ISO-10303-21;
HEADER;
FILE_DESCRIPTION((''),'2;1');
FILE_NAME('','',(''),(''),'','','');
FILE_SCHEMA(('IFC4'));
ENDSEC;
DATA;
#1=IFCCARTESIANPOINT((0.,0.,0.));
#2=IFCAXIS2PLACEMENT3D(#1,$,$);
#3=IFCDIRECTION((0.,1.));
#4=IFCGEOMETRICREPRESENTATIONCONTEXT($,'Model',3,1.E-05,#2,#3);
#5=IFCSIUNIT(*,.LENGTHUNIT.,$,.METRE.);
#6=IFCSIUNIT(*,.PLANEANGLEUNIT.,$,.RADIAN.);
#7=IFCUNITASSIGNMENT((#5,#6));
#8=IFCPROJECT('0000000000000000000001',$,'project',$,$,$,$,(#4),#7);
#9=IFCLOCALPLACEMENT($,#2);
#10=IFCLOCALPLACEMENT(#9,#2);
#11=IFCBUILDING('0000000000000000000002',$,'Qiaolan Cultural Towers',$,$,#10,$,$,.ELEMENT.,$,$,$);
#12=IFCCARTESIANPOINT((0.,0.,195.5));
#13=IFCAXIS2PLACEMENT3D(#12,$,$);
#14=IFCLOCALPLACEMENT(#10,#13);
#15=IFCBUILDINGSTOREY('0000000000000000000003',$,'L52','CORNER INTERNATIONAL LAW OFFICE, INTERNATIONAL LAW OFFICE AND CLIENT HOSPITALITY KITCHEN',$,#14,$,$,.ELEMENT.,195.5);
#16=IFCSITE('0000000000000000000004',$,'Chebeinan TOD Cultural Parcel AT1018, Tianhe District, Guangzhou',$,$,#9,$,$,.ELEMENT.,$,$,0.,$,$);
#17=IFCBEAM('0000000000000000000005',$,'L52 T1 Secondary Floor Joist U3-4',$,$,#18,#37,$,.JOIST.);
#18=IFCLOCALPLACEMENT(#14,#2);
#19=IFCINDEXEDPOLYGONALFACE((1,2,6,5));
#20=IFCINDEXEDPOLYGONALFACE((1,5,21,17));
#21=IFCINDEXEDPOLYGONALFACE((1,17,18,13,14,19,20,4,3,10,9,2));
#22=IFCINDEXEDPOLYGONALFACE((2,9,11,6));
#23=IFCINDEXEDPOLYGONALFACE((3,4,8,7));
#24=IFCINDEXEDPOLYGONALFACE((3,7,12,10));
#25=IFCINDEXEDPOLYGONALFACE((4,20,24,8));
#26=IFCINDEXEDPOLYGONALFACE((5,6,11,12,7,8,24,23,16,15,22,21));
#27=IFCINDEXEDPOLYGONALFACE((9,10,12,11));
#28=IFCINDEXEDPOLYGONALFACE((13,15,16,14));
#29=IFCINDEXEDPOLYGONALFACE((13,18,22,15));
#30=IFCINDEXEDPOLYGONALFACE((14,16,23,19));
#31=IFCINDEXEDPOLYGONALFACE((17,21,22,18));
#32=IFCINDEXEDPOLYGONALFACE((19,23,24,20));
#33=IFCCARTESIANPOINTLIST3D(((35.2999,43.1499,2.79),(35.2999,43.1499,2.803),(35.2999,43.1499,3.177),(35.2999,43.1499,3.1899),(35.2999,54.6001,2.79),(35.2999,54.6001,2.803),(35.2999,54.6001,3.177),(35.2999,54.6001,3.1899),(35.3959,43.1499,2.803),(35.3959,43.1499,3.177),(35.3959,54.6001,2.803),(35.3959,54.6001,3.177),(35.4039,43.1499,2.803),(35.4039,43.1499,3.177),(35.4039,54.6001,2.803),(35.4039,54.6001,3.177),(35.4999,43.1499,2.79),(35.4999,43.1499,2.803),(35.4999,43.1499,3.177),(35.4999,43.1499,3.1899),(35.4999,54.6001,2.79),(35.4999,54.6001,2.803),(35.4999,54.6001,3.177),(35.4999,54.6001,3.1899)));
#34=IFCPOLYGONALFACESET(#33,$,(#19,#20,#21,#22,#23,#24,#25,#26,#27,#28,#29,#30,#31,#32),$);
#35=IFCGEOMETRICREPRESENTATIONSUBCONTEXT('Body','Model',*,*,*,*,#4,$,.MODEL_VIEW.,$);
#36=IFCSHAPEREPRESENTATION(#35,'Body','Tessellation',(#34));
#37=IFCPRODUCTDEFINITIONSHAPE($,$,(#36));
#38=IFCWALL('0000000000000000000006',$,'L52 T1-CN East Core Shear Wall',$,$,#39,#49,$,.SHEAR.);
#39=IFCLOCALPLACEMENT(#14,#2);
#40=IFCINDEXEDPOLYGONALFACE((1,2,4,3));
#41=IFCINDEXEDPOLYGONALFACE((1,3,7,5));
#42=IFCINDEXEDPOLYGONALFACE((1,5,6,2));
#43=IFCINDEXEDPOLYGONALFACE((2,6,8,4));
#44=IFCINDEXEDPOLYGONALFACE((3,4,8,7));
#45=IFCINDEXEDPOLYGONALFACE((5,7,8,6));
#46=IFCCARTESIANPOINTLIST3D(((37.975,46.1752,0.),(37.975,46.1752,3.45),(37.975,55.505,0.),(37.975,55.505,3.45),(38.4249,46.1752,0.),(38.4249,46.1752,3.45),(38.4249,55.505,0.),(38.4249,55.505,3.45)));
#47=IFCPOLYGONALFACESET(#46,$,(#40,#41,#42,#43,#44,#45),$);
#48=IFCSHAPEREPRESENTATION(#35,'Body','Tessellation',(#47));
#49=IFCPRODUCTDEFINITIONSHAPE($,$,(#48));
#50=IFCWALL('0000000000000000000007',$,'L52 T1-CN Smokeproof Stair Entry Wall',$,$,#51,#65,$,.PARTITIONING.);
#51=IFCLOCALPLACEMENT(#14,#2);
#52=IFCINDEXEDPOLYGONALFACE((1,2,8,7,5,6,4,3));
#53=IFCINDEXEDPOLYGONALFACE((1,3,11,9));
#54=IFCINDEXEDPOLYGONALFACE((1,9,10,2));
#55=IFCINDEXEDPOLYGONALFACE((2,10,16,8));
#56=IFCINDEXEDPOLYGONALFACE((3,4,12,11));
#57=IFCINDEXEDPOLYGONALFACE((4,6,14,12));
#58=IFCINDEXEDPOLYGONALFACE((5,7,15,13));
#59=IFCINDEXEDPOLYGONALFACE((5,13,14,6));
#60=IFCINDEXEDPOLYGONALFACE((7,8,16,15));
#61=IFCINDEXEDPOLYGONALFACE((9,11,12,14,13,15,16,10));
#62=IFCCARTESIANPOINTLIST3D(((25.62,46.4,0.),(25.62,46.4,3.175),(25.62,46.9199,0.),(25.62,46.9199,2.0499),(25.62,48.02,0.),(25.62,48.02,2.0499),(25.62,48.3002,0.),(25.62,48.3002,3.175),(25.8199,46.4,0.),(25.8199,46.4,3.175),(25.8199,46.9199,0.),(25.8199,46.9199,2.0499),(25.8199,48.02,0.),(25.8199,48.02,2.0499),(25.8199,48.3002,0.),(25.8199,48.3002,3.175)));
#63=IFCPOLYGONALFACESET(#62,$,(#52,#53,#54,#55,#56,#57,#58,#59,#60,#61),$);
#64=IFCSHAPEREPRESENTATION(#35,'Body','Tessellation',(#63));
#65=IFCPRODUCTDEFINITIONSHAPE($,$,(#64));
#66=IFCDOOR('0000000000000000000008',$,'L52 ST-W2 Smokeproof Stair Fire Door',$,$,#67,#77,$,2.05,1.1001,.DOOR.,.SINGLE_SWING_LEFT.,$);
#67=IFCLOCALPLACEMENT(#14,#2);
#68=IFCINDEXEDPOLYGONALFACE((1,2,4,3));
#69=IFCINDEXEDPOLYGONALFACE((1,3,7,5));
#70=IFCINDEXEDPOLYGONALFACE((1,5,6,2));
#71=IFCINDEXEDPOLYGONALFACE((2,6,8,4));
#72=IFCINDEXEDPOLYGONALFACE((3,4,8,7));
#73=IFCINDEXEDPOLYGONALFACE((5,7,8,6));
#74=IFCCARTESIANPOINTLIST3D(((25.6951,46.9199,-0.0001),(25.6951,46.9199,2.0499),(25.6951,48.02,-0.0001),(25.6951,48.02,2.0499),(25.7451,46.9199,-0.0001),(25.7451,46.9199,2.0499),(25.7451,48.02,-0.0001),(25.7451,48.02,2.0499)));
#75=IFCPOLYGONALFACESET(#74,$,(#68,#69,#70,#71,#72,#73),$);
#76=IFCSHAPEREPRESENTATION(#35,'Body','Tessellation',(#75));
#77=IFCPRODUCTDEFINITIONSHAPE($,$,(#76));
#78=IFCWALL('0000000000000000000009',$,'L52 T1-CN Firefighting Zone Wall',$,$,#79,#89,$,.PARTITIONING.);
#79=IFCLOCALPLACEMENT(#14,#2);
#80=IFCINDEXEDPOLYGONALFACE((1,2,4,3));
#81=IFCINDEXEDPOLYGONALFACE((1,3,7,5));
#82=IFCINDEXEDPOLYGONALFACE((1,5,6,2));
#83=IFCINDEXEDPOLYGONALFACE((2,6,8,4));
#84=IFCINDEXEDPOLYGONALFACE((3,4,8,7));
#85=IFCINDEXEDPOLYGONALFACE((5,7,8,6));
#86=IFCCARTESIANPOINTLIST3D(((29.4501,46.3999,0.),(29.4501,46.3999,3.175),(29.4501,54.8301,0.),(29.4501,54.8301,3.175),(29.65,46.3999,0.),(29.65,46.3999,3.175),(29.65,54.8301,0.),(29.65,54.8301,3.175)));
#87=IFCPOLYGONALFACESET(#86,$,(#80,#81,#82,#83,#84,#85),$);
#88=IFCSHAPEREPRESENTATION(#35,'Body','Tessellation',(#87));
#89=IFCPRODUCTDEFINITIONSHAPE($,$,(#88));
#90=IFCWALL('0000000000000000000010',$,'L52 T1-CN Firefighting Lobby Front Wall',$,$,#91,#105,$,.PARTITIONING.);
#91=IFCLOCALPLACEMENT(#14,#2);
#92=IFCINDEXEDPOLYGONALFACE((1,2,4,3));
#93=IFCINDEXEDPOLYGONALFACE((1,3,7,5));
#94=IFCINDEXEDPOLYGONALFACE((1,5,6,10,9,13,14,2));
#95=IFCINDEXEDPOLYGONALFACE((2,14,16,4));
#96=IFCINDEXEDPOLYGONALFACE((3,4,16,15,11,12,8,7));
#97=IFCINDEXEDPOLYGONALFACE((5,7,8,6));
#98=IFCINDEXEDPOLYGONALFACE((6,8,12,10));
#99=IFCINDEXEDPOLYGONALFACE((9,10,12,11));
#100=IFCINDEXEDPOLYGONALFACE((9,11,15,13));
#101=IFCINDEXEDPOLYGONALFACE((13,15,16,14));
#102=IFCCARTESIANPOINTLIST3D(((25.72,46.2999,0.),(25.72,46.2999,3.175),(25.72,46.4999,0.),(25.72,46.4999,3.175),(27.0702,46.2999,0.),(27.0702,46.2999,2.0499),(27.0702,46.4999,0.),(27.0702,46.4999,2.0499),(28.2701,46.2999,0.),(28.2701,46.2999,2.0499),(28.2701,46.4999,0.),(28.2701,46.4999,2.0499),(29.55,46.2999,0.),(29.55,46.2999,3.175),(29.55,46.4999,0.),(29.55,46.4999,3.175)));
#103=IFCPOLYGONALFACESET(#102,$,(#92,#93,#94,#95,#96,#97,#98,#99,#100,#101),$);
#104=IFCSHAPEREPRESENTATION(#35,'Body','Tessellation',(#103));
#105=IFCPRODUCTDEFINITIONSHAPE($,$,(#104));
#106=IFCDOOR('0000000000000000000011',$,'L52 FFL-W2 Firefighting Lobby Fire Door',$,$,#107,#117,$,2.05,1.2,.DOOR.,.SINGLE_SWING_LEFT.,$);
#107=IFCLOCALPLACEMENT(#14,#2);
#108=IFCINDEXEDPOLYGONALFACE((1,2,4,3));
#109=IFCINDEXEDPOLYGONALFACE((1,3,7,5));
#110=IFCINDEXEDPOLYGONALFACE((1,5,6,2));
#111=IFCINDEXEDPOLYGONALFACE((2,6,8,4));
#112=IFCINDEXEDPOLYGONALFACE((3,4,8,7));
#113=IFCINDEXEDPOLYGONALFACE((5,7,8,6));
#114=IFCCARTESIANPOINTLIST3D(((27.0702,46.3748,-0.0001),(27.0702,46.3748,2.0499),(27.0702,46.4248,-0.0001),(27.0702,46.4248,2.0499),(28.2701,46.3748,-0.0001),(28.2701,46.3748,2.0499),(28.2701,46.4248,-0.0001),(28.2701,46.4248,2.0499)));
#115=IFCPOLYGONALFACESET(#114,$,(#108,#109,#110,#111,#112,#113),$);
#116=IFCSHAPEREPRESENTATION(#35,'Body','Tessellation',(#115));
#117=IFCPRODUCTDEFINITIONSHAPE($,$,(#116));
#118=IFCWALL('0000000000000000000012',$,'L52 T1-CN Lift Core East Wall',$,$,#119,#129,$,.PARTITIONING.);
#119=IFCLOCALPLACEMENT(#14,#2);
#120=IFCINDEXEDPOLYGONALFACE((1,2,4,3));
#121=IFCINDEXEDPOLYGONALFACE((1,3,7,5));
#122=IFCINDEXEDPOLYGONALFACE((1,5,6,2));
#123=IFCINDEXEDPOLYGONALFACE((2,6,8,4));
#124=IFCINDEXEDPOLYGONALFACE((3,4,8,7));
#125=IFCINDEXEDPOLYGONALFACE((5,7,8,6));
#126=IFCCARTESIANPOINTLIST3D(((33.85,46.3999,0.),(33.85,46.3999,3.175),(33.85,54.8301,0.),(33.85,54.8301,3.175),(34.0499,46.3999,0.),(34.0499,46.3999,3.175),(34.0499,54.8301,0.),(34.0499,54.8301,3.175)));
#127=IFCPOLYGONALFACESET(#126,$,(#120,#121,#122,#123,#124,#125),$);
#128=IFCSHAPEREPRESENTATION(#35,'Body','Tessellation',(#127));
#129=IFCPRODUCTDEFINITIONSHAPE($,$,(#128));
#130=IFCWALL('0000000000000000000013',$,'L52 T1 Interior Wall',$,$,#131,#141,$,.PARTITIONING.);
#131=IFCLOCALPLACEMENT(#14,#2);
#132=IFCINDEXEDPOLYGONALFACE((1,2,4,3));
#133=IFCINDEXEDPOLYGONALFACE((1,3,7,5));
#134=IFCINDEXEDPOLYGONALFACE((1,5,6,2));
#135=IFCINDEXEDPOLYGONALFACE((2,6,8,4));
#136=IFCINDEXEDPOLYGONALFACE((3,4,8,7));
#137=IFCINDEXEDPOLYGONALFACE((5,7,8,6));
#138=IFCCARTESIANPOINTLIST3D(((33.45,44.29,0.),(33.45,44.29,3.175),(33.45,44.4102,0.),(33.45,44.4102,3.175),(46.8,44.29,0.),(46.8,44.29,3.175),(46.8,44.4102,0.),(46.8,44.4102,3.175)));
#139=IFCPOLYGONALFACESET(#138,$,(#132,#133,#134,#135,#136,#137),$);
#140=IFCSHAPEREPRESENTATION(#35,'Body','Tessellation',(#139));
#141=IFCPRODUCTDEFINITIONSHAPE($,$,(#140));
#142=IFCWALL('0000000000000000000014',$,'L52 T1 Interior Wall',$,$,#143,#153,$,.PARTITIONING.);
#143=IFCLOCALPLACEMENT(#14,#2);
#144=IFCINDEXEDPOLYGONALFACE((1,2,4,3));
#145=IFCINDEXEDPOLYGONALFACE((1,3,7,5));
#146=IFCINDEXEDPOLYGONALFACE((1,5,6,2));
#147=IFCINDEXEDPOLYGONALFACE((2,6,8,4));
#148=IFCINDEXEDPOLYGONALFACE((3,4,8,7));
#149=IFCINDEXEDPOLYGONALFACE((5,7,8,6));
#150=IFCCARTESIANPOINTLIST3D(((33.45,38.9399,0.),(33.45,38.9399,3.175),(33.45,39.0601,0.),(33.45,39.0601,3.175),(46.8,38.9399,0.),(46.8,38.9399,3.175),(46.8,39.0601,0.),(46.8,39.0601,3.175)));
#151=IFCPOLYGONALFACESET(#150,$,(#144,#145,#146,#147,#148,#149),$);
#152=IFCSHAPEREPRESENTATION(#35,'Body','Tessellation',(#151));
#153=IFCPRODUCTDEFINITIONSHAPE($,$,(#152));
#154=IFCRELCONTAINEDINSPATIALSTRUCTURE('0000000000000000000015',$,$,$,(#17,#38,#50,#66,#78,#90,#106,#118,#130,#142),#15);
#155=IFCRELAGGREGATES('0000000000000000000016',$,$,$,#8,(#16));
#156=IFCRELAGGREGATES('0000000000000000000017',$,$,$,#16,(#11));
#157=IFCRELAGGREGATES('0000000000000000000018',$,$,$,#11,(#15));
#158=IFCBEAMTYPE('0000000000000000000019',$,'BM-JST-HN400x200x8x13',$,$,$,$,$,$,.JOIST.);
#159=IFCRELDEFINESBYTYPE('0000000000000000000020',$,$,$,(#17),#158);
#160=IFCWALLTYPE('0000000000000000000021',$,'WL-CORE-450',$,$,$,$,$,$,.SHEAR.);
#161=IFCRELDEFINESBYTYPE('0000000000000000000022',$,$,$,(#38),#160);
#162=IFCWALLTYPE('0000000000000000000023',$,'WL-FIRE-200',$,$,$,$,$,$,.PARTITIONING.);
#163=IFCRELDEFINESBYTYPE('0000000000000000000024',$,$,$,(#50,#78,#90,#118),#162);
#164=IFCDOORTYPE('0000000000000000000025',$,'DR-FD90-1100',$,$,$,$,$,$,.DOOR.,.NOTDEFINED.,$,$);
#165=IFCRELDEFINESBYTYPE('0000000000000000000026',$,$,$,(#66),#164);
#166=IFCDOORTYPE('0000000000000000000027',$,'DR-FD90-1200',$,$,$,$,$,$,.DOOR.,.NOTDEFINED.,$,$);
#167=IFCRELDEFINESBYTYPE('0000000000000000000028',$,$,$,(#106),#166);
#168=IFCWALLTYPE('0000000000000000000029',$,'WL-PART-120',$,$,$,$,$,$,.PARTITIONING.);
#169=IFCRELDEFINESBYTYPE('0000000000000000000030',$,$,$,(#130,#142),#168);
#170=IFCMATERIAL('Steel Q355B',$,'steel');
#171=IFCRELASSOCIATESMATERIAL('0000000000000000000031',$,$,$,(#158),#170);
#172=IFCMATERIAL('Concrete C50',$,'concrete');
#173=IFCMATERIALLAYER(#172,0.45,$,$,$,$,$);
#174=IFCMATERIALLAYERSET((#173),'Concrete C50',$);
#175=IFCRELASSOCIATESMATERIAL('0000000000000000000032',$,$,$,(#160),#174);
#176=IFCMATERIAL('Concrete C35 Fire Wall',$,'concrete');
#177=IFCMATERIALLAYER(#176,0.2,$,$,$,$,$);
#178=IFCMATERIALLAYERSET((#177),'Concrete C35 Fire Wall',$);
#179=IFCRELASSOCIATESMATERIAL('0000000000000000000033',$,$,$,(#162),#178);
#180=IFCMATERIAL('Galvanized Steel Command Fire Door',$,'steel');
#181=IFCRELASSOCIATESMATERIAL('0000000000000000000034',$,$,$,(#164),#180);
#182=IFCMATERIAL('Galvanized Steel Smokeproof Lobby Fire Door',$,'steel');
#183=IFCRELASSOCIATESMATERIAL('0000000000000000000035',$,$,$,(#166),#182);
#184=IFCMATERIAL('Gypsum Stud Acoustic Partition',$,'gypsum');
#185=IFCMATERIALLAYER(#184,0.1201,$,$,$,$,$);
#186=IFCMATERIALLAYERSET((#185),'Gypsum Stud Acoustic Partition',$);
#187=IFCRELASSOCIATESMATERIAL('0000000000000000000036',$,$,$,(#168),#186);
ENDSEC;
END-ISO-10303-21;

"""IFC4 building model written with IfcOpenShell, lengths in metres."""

from ifc_helpers import new_model, si_unit, direction, frame, frame_2d, origin, origin_2d, place, context, subcontext, project, spatial, rectangle, i_section, extrude, material, layer, layer_set, material_profile, profile_set, type_object, element, fill, save


model = new_model("IFC4")

# Units and contexts
model_context = context("Model", 3, precision=1e-05, world=origin(), true_north=direction((0.0, 1.0)))
body_context = subcontext(model_context, "Body", "Model", "MODEL_VIEW")
ifc_project = project(units=[si_unit("LENGTHUNIT", "METRE"), si_unit("PLANEANGLEUNIT", "RADIAN")], contexts=[model_context])

# Site, building, storey
site_placement = place(None, origin())
site = spatial("IfcSite", under=ifc_project, at=site_placement, Name="Chebeinan TOD Cultural Parcel AT1018, Tianhe District, Guangzhou", CompositionType="ELEMENT", RefElevation=0.0)
building_placement = place(site_placement, origin())
building = spatial("IfcBuilding", under=site, at=building_placement, Name="Qiaolan Cultural Towers", CompositionType="ELEMENT")
storey_placement = place(building_placement, frame((0.0, 0.0, 195.5)))
storey = spatial("IfcBuildingStorey", under=building, at=storey_placement, Name="L52", Description="CORNER INTERNATIONAL LAW OFFICE, INTERNATIONAL LAW OFFICE AND CLIENT HOSPITALITY KITCHEN", CompositionType="ELEMENT", Elevation=195.5)

# Beam
ifc_material_1 = material(Name="Steel Q355B", Category="steel")
ifc_material_profile = material_profile(ifc_material_1, i_section(OverallWidth=0.2, OverallDepth=0.3999, WebThickness=0.0081, FlangeThickness=0.0129, at=origin_2d()), Name="HN400x200x8x13")
ifc_profile_set = profile_set([ifc_material_profile], Name="Steel Q355B")
beam_type = type_object("IfcBeamType", Name="BM-JST-HN400x200x8x13", PredefinedType="JOIST", material=ifc_profile_set)
beam_placement = place(storey_placement, frame((35.3999, 43.1499, 2.99), z_axis=(0.0, 1.0, 0.0), x_axis=(-1.0, 0.0, 0.0)))
element("IfcBeam", 1, at=beam_placement, inside=storey, type_object=beam_type, Name="L52 T1 Secondary Floor Joist U3-4", PredefinedType="JOIST", context=body_context, shape_type="SweptSolid", body=[
    extrude(i_section(OverallWidth=0.2, OverallDepth=0.3999, WebThickness=0.0081, FlangeThickness=0.0129, at=origin_2d()), origin(), (0.0, 0.0, 1.0), 11.4502),
])

# Wall
ifc_material_2 = material(Name="Concrete C50", Category="concrete")
ifc_layer_1 = layer(ifc_material_2, 0.45)
ifc_layer_set_1 = layer_set([ifc_layer_1], Name="Concrete C50")
wall_type_1 = type_object("IfcWallType", Name="WL-CORE-450", PredefinedType="SHEAR", material=ifc_layer_set_1)
wall_1_placement = place(storey_placement, frame((38.2, 46.175, 0.0), z_axis=(0.0, 0.0, 1.0), x_axis=(0.0, 1.0, 0.0)))
element("IfcWall", 2, at=wall_1_placement, inside=storey, type_object=wall_type_1, Name="L52 T1-CN East Core Shear Wall", PredefinedType="SHEAR", context=body_context, shape_type="SweptSolid", body=[
    extrude(rectangle(XDim=9.3298, YDim=0.45, at=frame_2d((4.665, 0.0))), origin(), (0.0, 0.0, 1.0), 3.45),
])

# Wall, opening, door
ifc_material_3 = material(Name="Concrete C35 Fire Wall", Category="concrete")
ifc_layer_2 = layer(ifc_material_3, 0.2)
ifc_layer_set_2 = layer_set([ifc_layer_2], Name="Concrete C35 Fire Wall")
wall_type_2 = type_object("IfcWallType", Name="WL-FIRE-200", PredefinedType="PARTITIONING", material=ifc_layer_set_2)
wall_2_placement = place(storey_placement, frame((25.72, 46.3999, 0.0), z_axis=(0.0, 0.0, 1.0), x_axis=(0.0, 1.0, 0.0)))
wall_2 = element("IfcWall", 3, at=wall_2_placement, inside=storey, type_object=wall_type_2, Name="L52 T1-CN Smokeproof Stair Entry Wall", PredefinedType="PARTITIONING", context=body_context, shape_type="SweptSolid", body=[
    extrude(rectangle(XDim=1.9001, YDim=0.2, at=frame_2d((0.9502, 0.0))), origin(), (0.0, 0.0, 1.0), 3.175),
])
opening_1_placement = place(wall_2_placement, frame((0.52, 0.0, 0.0)))
opening_1 = element("IfcOpeningElement", 4, at=opening_1_placement, cuts=wall_2, PredefinedType="OPENING", context=body_context, shape_type="SweptSolid", body=[
    extrude(rectangle(XDim=1.1001, YDim=2.05, at=frame_2d((0.55, 1.0249))), frame((0.0, 0.1099, 0.0), z_axis=(0.0, -1.0, 0.0), x_axis=(1.0, 0.0, 0.0)), (0.0, 0.0, 1.0), 0.22),
])
ifc_material_4 = material(Name="Galvanized Steel Command Fire Door", Category="steel")
door_type_1 = type_object("IfcDoorType", Name="DR-FD90-1100", OperationType="NOTDEFINED", PredefinedType="DOOR", material=ifc_material_4)
door_1_placement = place(opening_1_placement, origin())
door_1 = element("IfcDoor", 5, at=door_1_placement, inside=storey, type_object=door_type_1, Name="L52 ST-W2 Smokeproof Stair Fire Door", OperationType="SINGLE_SWING_LEFT", OverallHeight=2.05, OverallWidth=1.1001, PredefinedType="DOOR", context=body_context, shape_type="SweptSolid", body=[
    extrude(rectangle(XDim=1.1001, YDim=2.05, at=frame_2d((0.55, 1.0249))), frame((0.0, 0.0249, 0.0), z_axis=(0.0, -1.0, 0.0), x_axis=(1.0, 0.0, 0.0)), (0.0, 0.0, 1.0), 0.05),
])
fill(opening_1, door_1)

# Wall
wall_3_placement = place(storey_placement, frame((29.55, 46.3999, 0.0), z_axis=(0.0, 0.0, 1.0), x_axis=(0.0, 1.0, 0.0)))
element("IfcWall", 6, at=wall_3_placement, inside=storey, type_object=wall_type_2, Name="L52 T1-CN Firefighting Zone Wall", PredefinedType="PARTITIONING", context=body_context, shape_type="SweptSolid", body=[
    extrude(rectangle(XDim=8.4302, YDim=0.2, at=frame_2d((4.2151, 0.0))), origin(), (0.0, 0.0, 1.0), 3.175),
])

# Wall, opening, door
wall_4_placement = place(storey_placement, frame((25.72, 46.3999, 0.0), z_axis=(0.0, 0.0, 1.0), x_axis=(1.0, 0.0, 0.0)))
wall_4 = element("IfcWall", 7, at=wall_4_placement, inside=storey, type_object=wall_type_2, Name="L52 T1-CN Firefighting Lobby Front Wall", PredefinedType="PARTITIONING", context=body_context, shape_type="SweptSolid", body=[
    extrude(rectangle(XDim=3.8301, YDim=0.2, at=frame_2d((1.915, 0.0))), origin(), (0.0, 0.0, 1.0), 3.175),
])
opening_2_placement = place(wall_4_placement, frame((1.3501, 0.0, 0.0)))
opening_2 = element("IfcOpeningElement", 8, at=opening_2_placement, cuts=wall_4, PredefinedType="OPENING", context=body_context, shape_type="SweptSolid", body=[
    extrude(rectangle(XDim=1.2, YDim=2.05, at=frame_2d((0.6001, 1.0249))), frame((0.0, 0.1099, 0.0), z_axis=(0.0, -1.0, 0.0), x_axis=(1.0, 0.0, 0.0)), (0.0, 0.0, 1.0), 0.22),
])
ifc_material_5 = material(Name="Galvanized Steel Smokeproof Lobby Fire Door", Category="steel")
door_type_2 = type_object("IfcDoorType", Name="DR-FD90-1200", OperationType="NOTDEFINED", PredefinedType="DOOR", material=ifc_material_5)
door_2_placement = place(opening_2_placement, origin())
door_2 = element("IfcDoor", 9, at=door_2_placement, inside=storey, type_object=door_type_2, Name="L52 FFL-W2 Firefighting Lobby Fire Door", OperationType="SINGLE_SWING_LEFT", OverallHeight=2.05, OverallWidth=1.2, PredefinedType="DOOR", context=body_context, shape_type="SweptSolid", body=[
    extrude(rectangle(XDim=1.2, YDim=2.05, at=frame_2d((0.6001, 1.0249))), frame((0.0, 0.0249, 0.0), z_axis=(0.0, -1.0, 0.0), x_axis=(1.0, 0.0, 0.0)), (0.0, 0.0, 1.0), 0.05),
])
fill(opening_2, door_2)

# Walls
wall_5_placement = place(storey_placement, frame((33.95, 46.3999, 0.0), z_axis=(0.0, 0.0, 1.0), x_axis=(0.0, 1.0, 0.0)))
element("IfcWall", 10, at=wall_5_placement, inside=storey, type_object=wall_type_2, Name="L52 T1-CN Lift Core East Wall", PredefinedType="PARTITIONING", context=body_context, shape_type="SweptSolid", body=[
    extrude(rectangle(XDim=8.4302, YDim=0.2, at=frame_2d((4.2151, 0.0))), origin(), (0.0, 0.0, 1.0), 3.175),
])
ifc_material_6 = material(Name="Gypsum Stud Acoustic Partition", Category="gypsum")
ifc_layer_3 = layer(ifc_material_6, 0.1201)
ifc_layer_set_3 = layer_set([ifc_layer_3], Name="Gypsum Stud Acoustic Partition")
wall_type_3 = type_object("IfcWallType", Name="WL-PART-120", PredefinedType="PARTITIONING", material=ifc_layer_set_3)
for number, where, z_axis, x_axis, name in (
    (11, (33.45, 44.3501, 0.0), (0.0, 0.0, 1.0), (1.0, 0.0, 0.0), "L52 T1 Interior Wall"),
    (12, (33.45, 39.0, 0.0), (0.0, 0.0, 1.0), (1.0, 0.0, 0.0), "L52 T1 Interior Wall"),
):
    element("IfcWall", number, at=place(storey_placement, frame(where, z_axis=z_axis, x_axis=x_axis)), inside=storey, type_object=wall_type_3, Name=name, PredefinedType="PARTITIONING", context=body_context, shape_type="SweptSolid", body=[
        extrude(rectangle(XDim=13.3501, YDim=0.1201, at=frame_2d((6.675, 0.0))), origin(), (0.0, 0.0, 1.0), 3.175),
    ])

save(model, "model.ifc")
